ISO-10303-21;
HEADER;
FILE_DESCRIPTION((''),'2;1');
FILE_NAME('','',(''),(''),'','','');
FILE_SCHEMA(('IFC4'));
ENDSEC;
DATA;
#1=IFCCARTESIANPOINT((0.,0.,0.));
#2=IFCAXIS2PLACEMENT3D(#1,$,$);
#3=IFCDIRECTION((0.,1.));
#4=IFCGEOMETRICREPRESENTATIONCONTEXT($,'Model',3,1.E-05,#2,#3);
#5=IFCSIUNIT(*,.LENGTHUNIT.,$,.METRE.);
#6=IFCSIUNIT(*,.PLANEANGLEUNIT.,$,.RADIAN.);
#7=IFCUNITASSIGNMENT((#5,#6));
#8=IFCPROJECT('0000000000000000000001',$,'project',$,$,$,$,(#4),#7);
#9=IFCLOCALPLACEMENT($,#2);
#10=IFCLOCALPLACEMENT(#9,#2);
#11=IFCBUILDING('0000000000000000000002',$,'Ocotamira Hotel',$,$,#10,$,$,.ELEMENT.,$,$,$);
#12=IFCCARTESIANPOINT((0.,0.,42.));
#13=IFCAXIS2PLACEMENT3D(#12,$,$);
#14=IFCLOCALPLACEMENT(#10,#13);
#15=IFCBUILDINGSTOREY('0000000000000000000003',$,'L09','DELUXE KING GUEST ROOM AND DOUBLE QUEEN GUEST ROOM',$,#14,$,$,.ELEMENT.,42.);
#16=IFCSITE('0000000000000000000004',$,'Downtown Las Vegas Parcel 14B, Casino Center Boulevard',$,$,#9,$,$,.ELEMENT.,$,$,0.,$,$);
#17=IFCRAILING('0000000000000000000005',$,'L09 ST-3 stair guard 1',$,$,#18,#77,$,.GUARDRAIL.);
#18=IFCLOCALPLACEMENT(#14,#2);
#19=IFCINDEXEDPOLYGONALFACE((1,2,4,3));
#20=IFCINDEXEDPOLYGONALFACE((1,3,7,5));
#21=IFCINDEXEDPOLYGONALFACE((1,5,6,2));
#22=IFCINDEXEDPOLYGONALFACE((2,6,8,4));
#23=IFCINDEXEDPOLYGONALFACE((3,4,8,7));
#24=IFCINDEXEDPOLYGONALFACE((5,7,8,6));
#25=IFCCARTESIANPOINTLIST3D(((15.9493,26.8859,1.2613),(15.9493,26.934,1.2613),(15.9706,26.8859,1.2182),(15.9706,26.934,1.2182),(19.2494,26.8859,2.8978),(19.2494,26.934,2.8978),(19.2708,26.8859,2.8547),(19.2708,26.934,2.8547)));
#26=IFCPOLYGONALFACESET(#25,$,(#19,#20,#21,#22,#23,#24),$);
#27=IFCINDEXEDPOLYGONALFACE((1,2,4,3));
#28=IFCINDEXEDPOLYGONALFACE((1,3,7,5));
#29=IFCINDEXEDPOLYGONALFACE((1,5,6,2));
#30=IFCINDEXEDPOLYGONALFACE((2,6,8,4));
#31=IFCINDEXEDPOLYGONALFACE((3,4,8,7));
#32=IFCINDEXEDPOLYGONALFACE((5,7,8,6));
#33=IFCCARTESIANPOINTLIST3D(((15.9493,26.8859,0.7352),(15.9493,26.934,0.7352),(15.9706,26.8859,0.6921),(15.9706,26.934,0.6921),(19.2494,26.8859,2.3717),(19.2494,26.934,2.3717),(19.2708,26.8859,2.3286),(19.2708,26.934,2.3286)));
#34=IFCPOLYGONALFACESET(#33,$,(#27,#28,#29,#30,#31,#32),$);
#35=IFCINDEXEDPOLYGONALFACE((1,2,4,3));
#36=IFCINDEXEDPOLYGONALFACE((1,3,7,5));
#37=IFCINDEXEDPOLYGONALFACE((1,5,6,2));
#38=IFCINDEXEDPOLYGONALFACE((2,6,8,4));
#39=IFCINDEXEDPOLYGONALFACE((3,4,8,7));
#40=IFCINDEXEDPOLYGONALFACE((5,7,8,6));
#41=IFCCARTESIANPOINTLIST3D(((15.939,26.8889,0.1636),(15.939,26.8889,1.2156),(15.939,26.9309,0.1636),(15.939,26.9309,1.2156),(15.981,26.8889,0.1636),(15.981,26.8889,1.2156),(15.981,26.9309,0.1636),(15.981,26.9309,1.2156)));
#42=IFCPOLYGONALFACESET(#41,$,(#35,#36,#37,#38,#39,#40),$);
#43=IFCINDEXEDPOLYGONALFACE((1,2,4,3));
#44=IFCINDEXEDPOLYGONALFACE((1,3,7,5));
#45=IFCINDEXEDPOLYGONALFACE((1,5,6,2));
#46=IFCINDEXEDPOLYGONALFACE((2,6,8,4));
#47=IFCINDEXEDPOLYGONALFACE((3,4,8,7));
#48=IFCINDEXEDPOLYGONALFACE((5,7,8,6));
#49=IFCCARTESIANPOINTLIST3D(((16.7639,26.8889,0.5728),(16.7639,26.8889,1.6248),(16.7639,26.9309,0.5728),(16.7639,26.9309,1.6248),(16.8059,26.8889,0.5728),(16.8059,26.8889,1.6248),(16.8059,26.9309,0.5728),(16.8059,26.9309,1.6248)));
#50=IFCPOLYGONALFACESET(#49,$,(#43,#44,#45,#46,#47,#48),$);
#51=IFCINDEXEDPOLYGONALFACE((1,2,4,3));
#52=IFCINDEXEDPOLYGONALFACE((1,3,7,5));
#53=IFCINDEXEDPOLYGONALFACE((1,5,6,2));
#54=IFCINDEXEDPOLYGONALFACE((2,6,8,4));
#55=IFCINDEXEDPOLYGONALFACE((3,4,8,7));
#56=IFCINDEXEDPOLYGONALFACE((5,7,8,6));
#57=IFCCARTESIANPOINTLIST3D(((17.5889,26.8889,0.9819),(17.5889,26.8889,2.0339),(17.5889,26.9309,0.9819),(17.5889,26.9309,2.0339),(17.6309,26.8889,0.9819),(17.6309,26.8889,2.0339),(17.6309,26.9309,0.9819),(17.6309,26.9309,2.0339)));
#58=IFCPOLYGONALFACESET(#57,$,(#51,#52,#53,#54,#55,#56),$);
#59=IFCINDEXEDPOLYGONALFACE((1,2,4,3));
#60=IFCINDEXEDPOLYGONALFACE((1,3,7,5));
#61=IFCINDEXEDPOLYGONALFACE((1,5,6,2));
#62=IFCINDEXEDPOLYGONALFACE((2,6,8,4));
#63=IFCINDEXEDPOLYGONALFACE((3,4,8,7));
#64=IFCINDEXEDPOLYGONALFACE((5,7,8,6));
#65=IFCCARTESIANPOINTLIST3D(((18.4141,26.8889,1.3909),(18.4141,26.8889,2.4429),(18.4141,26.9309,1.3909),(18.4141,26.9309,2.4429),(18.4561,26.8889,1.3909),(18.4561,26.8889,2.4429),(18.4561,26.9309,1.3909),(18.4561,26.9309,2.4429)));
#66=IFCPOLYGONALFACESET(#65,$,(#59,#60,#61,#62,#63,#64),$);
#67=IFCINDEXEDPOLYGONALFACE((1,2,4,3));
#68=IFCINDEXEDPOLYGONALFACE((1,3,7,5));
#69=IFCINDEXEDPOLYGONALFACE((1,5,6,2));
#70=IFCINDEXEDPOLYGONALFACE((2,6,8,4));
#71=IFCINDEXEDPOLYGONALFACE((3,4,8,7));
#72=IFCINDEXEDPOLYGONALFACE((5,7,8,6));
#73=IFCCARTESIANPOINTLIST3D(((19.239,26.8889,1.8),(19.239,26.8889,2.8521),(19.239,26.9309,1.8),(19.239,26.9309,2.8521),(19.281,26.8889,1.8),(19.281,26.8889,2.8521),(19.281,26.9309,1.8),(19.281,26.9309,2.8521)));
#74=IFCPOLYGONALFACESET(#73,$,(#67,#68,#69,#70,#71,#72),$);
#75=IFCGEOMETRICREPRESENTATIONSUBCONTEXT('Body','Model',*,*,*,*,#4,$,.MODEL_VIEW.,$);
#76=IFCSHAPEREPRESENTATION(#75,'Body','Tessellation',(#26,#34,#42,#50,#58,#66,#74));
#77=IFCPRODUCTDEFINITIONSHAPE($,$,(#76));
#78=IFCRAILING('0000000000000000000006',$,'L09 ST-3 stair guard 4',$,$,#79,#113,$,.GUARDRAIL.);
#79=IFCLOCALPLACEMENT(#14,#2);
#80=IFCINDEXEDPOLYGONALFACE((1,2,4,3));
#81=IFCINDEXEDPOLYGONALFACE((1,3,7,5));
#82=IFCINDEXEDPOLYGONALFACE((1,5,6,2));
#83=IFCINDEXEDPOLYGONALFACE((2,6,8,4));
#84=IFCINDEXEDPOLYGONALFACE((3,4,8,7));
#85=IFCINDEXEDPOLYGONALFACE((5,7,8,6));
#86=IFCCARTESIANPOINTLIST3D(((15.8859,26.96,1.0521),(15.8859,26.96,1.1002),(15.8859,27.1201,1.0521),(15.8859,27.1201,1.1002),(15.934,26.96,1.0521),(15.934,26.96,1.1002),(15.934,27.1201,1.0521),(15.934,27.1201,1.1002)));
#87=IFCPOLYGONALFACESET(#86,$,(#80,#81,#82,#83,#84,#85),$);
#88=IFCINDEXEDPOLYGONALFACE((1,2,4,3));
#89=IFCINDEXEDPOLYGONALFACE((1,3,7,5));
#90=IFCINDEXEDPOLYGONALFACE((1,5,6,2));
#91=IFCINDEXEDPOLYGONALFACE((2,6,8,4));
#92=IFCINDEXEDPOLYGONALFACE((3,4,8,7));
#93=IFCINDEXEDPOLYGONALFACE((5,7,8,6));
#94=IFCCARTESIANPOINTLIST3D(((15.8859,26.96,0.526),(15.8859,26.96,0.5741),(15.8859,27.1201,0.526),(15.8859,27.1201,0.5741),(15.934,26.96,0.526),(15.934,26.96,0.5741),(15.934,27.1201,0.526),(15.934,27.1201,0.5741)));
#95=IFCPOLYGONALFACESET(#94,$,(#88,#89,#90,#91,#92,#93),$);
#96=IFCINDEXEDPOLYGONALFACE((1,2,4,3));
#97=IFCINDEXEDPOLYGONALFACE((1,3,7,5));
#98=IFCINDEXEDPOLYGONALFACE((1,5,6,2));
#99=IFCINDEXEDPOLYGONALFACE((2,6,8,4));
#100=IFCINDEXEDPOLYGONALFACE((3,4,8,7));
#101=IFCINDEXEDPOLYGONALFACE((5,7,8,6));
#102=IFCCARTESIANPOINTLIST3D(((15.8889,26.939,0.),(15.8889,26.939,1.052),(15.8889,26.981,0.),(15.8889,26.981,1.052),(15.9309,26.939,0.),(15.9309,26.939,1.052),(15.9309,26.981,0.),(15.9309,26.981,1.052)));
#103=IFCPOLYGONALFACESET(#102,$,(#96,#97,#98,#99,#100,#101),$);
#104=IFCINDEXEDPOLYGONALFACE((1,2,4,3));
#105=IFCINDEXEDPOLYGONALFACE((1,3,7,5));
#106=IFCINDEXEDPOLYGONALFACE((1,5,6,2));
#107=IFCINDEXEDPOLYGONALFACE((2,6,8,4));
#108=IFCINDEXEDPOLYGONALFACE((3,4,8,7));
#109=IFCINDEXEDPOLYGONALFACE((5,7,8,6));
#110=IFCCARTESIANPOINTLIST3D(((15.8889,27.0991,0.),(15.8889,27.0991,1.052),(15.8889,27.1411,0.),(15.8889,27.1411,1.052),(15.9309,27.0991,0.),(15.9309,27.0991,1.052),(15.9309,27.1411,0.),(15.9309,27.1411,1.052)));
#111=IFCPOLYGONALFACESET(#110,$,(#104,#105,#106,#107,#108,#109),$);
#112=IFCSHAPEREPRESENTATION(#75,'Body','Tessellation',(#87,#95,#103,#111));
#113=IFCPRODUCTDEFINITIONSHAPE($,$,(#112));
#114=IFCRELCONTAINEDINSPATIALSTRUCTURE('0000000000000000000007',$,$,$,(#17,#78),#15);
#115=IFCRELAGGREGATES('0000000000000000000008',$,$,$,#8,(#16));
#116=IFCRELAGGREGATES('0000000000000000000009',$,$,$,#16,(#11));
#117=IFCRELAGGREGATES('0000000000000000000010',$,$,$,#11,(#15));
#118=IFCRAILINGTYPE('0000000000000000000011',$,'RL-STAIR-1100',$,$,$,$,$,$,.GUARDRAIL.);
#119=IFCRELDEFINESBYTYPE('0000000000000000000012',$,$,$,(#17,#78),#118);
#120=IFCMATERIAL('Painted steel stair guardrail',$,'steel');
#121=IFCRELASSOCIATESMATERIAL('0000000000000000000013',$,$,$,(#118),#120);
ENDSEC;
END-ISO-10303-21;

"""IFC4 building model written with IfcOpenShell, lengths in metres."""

from ifc_helpers import new_model, si_unit, direction, frame, origin, origin_2d, place, context, subcontext, project, spatial, rectangle, extrude, material, type_object, element, save


model = new_model("IFC4")

# Units and contexts
model_context = context("Model", 3, precision=1e-05, world=origin(), true_north=direction((0.0, 1.0)))
body_context = subcontext(model_context, "Body", "Model", "MODEL_VIEW")
ifc_project = project(units=[si_unit("LENGTHUNIT", "METRE"), si_unit("PLANEANGLEUNIT", "RADIAN")], contexts=[model_context])

# Site, building, storey
site_placement = place(None, origin())
site = spatial("IfcSite", under=ifc_project, at=site_placement, Name="Downtown Las Vegas Parcel 14B, Casino Center Boulevard", CompositionType="ELEMENT", RefElevation=0.0)
building_placement = place(site_placement, origin())
building = spatial("IfcBuilding", under=site, at=building_placement, Name="Ocotamira Hotel", CompositionType="ELEMENT")
storey_placement = place(building_placement, frame((0.0, 0.0, 42.0)))
storey = spatial("IfcBuildingStorey", under=building, at=storey_placement, Name="L09", Description="DELUXE KING GUEST ROOM AND DOUBLE QUEEN GUEST ROOM", CompositionType="ELEMENT", Elevation=42.0)

# Railings
ifc_material_1 = material(Name="Painted steel stair guardrail", Category="steel")
railing_type_1 = type_object("IfcRailingType", Name="RL-STAIR-1100", PredefinedType="GUARDRAIL", material=ifc_material_1)
railing_1_placement = place(storey_placement, frame((15.96, 26.9099, 0.1636)))
element("IfcRailing", 1, at=railing_1_placement, inside=storey, type_object=railing_type_1, Name="L09 ST-3 stair guard 1", PredefinedType="GUARDRAIL", context=body_context, shape_type="SweptSolid", body=[
    extrude(rectangle(XDim=0.0481, YDim=0.0481, at=origin_2d()), frame((0.0, 0.0, 1.0762), z_axis=(0.895894, 0.0, 0.444268), x_axis=(0.0, 1.0, 0.0)), (0.0, 0.0, 1.0), 3.6836),
    extrude(rectangle(XDim=0.0481, YDim=0.0481, at=origin_2d()), frame((0.0, 0.0, 0.55), z_axis=(0.895894, 0.0, 0.444268), x_axis=(0.0, 1.0, 0.0)), (0.0, 0.0, 1.0), 3.6836),
    extrude(rectangle(XDim=0.042, YDim=0.042, at=origin_2d()), origin(), (0.0, 0.0, 1.0), 1.052),
    extrude(rectangle(XDim=0.042, YDim=0.042, at=origin_2d()), frame((0.825, 0.0, 0.4092)), (0.0, 0.0, 1.0), 1.052),
    extrude(rectangle(XDim=0.042, YDim=0.042, at=origin_2d()), frame((1.6499, 0.0, 0.8184)), (0.0, 0.0, 1.0), 1.052),
    extrude(rectangle(XDim=0.042, YDim=0.042, at=origin_2d()), frame((2.4751, 0.0, 1.2273)), (0.0, 0.0, 1.0), 1.052),
    extrude(rectangle(XDim=0.042, YDim=0.042, at=origin_2d()), frame((3.3, 0.0, 1.6365)), (0.0, 0.0, 1.0), 1.052),
])
railing_2_placement = place(storey_placement, frame((15.9099, 26.96, 0.0)))
element("IfcRailing", 2, at=railing_2_placement, inside=storey, type_object=railing_type_1, Name="L09 ST-3 stair guard 4", PredefinedType="GUARDRAIL", context=body_context, shape_type="SweptSolid", body=[
    extrude(rectangle(XDim=0.0481, YDim=0.0481, at=origin_2d()), frame((0.0, 0.0, 1.0762), z_axis=(0.0, 1.0, 0.0), x_axis=(-1.0, 0.0, 0.0)), (0.0, 0.0, 1.0), 0.1602),
    extrude(rectangle(XDim=0.0481, YDim=0.0481, at=origin_2d()), frame((0.0, 0.0, 0.55), z_axis=(0.0, 1.0, 0.0), x_axis=(-1.0, 0.0, 0.0)), (0.0, 0.0, 1.0), 0.1602),
    extrude(rectangle(XDim=0.042, YDim=0.042, at=origin_2d()), origin(), (0.0, 0.0, 1.0), 1.052),
    extrude(rectangle(XDim=0.042, YDim=0.042, at=origin_2d()), frame((0.0, 0.1602, 0.0)), (0.0, 0.0, 1.0), 1.052),
])

save(model, "model.ifc")
